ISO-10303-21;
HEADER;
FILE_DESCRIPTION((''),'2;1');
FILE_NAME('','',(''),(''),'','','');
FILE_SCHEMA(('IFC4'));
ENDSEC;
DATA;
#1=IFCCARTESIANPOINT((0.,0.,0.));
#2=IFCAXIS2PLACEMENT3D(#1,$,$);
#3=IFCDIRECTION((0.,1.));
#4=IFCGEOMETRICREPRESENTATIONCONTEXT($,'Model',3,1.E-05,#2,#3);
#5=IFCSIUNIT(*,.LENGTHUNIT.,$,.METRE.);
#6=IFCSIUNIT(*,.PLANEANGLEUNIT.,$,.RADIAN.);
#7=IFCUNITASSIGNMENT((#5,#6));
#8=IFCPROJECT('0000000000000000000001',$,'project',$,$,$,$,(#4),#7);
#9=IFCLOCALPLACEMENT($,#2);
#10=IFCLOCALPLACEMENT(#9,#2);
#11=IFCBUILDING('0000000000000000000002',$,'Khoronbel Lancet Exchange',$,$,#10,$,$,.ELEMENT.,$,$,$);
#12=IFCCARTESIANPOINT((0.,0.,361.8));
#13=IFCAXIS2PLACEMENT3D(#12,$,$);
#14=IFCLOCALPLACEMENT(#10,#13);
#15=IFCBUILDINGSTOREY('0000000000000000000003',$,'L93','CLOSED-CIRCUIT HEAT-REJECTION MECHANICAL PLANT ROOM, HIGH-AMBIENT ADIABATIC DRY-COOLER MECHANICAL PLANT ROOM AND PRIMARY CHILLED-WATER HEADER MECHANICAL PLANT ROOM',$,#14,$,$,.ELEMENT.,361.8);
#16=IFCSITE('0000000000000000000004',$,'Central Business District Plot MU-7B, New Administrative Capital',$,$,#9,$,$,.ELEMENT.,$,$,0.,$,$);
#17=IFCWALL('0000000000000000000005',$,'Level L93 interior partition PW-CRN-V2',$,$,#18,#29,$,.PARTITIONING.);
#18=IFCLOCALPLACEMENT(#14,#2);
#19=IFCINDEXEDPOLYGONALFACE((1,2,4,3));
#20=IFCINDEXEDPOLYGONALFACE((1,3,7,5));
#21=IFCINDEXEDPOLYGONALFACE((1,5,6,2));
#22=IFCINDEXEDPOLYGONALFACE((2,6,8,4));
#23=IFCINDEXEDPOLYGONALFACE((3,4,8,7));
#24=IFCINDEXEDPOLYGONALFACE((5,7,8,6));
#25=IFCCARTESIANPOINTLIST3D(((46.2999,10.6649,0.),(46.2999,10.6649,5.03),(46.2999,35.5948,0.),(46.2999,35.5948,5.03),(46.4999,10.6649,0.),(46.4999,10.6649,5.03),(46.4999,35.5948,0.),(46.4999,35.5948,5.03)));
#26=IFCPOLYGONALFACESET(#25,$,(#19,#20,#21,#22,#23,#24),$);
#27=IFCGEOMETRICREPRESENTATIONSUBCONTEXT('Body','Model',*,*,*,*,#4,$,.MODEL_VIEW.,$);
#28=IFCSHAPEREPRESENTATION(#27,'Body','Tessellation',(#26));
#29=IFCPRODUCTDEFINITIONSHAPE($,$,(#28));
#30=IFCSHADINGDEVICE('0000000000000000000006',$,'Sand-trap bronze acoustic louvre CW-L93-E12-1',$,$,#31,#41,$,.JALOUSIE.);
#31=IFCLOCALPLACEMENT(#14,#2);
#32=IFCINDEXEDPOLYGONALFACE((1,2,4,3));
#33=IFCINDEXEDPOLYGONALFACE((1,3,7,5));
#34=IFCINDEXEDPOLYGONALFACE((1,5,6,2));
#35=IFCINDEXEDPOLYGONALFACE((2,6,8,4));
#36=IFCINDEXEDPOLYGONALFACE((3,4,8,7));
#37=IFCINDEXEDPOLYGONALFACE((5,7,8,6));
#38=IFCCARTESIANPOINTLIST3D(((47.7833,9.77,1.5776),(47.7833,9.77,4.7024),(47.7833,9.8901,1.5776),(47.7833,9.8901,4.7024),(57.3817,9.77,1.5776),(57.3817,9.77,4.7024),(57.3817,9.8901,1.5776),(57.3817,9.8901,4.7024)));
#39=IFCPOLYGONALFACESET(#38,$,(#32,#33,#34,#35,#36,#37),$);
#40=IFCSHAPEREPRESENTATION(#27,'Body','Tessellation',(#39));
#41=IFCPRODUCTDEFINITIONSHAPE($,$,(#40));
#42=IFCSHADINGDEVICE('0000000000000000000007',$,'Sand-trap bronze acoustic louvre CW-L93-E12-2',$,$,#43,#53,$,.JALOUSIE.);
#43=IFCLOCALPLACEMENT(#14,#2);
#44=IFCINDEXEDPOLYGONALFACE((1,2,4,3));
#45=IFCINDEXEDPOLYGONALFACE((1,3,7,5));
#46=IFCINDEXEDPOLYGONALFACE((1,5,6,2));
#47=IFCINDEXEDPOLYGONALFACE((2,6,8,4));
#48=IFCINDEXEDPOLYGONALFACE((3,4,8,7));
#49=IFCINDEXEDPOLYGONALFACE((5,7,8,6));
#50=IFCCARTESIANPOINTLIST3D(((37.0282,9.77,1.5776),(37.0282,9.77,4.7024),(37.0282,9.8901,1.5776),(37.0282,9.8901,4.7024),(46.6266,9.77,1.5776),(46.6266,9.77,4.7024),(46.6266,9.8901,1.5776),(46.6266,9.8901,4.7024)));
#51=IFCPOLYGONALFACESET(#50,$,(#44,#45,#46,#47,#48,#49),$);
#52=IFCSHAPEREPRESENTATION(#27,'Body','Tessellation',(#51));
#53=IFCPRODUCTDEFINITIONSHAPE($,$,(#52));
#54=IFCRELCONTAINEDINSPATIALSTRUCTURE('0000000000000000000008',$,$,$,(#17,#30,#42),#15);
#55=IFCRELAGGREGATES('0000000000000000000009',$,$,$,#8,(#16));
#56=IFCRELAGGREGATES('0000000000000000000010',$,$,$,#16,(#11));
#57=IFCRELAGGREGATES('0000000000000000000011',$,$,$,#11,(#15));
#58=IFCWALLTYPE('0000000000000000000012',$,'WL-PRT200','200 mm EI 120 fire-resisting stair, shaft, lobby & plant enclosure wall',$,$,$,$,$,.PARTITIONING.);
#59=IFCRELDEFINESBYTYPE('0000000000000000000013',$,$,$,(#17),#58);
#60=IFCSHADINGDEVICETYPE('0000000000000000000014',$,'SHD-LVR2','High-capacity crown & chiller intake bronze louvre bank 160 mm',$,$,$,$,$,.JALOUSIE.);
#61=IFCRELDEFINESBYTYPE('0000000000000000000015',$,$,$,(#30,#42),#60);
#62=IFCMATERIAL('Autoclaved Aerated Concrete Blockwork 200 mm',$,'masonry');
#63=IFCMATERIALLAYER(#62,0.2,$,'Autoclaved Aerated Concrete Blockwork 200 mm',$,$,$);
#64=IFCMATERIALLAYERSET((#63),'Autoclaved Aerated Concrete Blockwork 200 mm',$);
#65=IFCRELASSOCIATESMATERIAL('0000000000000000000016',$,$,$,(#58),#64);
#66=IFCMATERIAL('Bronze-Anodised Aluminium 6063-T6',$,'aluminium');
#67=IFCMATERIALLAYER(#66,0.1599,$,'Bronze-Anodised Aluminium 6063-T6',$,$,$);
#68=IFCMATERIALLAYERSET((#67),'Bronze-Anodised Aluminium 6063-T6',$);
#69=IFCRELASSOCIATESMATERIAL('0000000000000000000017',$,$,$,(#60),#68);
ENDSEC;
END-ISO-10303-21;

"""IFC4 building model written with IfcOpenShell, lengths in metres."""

from ifc_helpers import new_model, si_unit, direction, frame, frame_2d, origin, origin_2d, place, context, subcontext, project, spatial, rectangle, extrude, material, layer, layer_set, type_object, element, save


model = new_model("IFC4")

# Units and contexts
model_context = context("Model", 3, precision=1e-05, world=origin(), true_north=direction((0.0, 1.0)))
body_context = subcontext(model_context, "Body", "Model", "MODEL_VIEW")
ifc_project = project(units=[si_unit("LENGTHUNIT", "METRE"), si_unit("PLANEANGLEUNIT", "RADIAN")], contexts=[model_context])

# Site, building, storey
site_placement = place(None, origin())
site = spatial("IfcSite", under=ifc_project, at=site_placement, Name="Central Business District Plot MU-7B, New Administrative Capital", CompositionType="ELEMENT", RefElevation=0.0)
building_placement = place(site_placement, origin())
building = spatial("IfcBuilding", under=site, at=building_placement, Name="Khoronbel Lancet Exchange", CompositionType="ELEMENT")
storey_placement = place(building_placement, frame((0.0, 0.0, 361.8)))
storey = spatial("IfcBuildingStorey", under=building, at=storey_placement, Name="L93", Description="CLOSED-CIRCUIT HEAT-REJECTION MECHANICAL PLANT ROOM, HIGH-AMBIENT ADIABATIC DRY-COOLER MECHANICAL PLANT ROOM AND PRIMARY CHILLED-WATER HEADER MECHANICAL PLANT ROOM", CompositionType="ELEMENT", Elevation=361.8)

# Shared definitions
ifc_material_1 = material(Name="Bronze-Anodised Aluminium 6063-T6", Category="aluminium")

# Wall
ifc_material_2 = material(Name="Autoclaved Aerated Concrete Blockwork 200 mm", Category="masonry")
ifc_layer_1 = layer(ifc_material_2, 0.2, Name="Autoclaved Aerated Concrete Blockwork 200 mm")
ifc_layer_set_1 = layer_set([ifc_layer_1], Name="Autoclaved Aerated Concrete Blockwork 200 mm")
wall_type_1 = type_object("IfcWallType", Name="WL-PRT200", Description="200 mm EI 120 fire-resisting stair, shaft, lobby & plant enclosure wall", PredefinedType="PARTITIONING", material=ifc_layer_set_1)
wall_1_placement = place(storey_placement, frame((46.3999, 10.665, 0.0), z_axis=(0.0, 0.0, 1.0), x_axis=(0.0, 1.0, 0.0)))
element("IfcWall", 1, at=wall_1_placement, inside=storey, type_object=wall_type_1, Name="Level L93 interior partition PW-CRN-V2", PredefinedType="PARTITIONING", context=body_context, shape_type="SweptSolid", body=[
    extrude(rectangle(XDim=24.9299, YDim=0.2, at=frame_2d((12.4648, 0.0))), origin(), (0.0, 0.0, 1.0), 5.03),
])

# Shading devices
ifc_layer_2 = layer(ifc_material_1, 0.1599, Name="Bronze-Anodised Aluminium 6063-T6")
ifc_layer_set_2 = layer_set([ifc_layer_2], Name="Bronze-Anodised Aluminium 6063-T6")
shading_device_type = type_object("IfcShadingDeviceType", Name="SHD-LVR2", Description="High-capacity crown & chiller intake bronze louvre bank 160 mm", PredefinedType="JALOUSIE", material=ifc_layer_set_2)
for number, where, z_axis, x_axis, name in (
    (2, (52.5825, 9.8301, 1.5776), (0.0, 0.0, 1.0), (-1.0, 0.0, 0.0), "Sand-trap bronze acoustic louvre CW-L93-E12-1"),
    (3, (41.8274, 9.8301, 1.5776), (0.0, 0.0, 1.0), (-1.0, 0.0, 0.0), "Sand-trap bronze acoustic louvre CW-L93-E12-2"),
):
    element("IfcShadingDevice", number, at=place(storey_placement, frame(where, z_axis=z_axis, x_axis=x_axis)), inside=storey, type_object=shading_device_type, Name=name, PredefinedType="JALOUSIE", context=body_context, shape_type="SweptSolid", body=[
        extrude(rectangle(XDim=9.5984, YDim=0.1201, at=origin_2d()), origin(), (0.0, 0.0, 1.0), 3.1248),
    ])

save(model, "model.ifc")
